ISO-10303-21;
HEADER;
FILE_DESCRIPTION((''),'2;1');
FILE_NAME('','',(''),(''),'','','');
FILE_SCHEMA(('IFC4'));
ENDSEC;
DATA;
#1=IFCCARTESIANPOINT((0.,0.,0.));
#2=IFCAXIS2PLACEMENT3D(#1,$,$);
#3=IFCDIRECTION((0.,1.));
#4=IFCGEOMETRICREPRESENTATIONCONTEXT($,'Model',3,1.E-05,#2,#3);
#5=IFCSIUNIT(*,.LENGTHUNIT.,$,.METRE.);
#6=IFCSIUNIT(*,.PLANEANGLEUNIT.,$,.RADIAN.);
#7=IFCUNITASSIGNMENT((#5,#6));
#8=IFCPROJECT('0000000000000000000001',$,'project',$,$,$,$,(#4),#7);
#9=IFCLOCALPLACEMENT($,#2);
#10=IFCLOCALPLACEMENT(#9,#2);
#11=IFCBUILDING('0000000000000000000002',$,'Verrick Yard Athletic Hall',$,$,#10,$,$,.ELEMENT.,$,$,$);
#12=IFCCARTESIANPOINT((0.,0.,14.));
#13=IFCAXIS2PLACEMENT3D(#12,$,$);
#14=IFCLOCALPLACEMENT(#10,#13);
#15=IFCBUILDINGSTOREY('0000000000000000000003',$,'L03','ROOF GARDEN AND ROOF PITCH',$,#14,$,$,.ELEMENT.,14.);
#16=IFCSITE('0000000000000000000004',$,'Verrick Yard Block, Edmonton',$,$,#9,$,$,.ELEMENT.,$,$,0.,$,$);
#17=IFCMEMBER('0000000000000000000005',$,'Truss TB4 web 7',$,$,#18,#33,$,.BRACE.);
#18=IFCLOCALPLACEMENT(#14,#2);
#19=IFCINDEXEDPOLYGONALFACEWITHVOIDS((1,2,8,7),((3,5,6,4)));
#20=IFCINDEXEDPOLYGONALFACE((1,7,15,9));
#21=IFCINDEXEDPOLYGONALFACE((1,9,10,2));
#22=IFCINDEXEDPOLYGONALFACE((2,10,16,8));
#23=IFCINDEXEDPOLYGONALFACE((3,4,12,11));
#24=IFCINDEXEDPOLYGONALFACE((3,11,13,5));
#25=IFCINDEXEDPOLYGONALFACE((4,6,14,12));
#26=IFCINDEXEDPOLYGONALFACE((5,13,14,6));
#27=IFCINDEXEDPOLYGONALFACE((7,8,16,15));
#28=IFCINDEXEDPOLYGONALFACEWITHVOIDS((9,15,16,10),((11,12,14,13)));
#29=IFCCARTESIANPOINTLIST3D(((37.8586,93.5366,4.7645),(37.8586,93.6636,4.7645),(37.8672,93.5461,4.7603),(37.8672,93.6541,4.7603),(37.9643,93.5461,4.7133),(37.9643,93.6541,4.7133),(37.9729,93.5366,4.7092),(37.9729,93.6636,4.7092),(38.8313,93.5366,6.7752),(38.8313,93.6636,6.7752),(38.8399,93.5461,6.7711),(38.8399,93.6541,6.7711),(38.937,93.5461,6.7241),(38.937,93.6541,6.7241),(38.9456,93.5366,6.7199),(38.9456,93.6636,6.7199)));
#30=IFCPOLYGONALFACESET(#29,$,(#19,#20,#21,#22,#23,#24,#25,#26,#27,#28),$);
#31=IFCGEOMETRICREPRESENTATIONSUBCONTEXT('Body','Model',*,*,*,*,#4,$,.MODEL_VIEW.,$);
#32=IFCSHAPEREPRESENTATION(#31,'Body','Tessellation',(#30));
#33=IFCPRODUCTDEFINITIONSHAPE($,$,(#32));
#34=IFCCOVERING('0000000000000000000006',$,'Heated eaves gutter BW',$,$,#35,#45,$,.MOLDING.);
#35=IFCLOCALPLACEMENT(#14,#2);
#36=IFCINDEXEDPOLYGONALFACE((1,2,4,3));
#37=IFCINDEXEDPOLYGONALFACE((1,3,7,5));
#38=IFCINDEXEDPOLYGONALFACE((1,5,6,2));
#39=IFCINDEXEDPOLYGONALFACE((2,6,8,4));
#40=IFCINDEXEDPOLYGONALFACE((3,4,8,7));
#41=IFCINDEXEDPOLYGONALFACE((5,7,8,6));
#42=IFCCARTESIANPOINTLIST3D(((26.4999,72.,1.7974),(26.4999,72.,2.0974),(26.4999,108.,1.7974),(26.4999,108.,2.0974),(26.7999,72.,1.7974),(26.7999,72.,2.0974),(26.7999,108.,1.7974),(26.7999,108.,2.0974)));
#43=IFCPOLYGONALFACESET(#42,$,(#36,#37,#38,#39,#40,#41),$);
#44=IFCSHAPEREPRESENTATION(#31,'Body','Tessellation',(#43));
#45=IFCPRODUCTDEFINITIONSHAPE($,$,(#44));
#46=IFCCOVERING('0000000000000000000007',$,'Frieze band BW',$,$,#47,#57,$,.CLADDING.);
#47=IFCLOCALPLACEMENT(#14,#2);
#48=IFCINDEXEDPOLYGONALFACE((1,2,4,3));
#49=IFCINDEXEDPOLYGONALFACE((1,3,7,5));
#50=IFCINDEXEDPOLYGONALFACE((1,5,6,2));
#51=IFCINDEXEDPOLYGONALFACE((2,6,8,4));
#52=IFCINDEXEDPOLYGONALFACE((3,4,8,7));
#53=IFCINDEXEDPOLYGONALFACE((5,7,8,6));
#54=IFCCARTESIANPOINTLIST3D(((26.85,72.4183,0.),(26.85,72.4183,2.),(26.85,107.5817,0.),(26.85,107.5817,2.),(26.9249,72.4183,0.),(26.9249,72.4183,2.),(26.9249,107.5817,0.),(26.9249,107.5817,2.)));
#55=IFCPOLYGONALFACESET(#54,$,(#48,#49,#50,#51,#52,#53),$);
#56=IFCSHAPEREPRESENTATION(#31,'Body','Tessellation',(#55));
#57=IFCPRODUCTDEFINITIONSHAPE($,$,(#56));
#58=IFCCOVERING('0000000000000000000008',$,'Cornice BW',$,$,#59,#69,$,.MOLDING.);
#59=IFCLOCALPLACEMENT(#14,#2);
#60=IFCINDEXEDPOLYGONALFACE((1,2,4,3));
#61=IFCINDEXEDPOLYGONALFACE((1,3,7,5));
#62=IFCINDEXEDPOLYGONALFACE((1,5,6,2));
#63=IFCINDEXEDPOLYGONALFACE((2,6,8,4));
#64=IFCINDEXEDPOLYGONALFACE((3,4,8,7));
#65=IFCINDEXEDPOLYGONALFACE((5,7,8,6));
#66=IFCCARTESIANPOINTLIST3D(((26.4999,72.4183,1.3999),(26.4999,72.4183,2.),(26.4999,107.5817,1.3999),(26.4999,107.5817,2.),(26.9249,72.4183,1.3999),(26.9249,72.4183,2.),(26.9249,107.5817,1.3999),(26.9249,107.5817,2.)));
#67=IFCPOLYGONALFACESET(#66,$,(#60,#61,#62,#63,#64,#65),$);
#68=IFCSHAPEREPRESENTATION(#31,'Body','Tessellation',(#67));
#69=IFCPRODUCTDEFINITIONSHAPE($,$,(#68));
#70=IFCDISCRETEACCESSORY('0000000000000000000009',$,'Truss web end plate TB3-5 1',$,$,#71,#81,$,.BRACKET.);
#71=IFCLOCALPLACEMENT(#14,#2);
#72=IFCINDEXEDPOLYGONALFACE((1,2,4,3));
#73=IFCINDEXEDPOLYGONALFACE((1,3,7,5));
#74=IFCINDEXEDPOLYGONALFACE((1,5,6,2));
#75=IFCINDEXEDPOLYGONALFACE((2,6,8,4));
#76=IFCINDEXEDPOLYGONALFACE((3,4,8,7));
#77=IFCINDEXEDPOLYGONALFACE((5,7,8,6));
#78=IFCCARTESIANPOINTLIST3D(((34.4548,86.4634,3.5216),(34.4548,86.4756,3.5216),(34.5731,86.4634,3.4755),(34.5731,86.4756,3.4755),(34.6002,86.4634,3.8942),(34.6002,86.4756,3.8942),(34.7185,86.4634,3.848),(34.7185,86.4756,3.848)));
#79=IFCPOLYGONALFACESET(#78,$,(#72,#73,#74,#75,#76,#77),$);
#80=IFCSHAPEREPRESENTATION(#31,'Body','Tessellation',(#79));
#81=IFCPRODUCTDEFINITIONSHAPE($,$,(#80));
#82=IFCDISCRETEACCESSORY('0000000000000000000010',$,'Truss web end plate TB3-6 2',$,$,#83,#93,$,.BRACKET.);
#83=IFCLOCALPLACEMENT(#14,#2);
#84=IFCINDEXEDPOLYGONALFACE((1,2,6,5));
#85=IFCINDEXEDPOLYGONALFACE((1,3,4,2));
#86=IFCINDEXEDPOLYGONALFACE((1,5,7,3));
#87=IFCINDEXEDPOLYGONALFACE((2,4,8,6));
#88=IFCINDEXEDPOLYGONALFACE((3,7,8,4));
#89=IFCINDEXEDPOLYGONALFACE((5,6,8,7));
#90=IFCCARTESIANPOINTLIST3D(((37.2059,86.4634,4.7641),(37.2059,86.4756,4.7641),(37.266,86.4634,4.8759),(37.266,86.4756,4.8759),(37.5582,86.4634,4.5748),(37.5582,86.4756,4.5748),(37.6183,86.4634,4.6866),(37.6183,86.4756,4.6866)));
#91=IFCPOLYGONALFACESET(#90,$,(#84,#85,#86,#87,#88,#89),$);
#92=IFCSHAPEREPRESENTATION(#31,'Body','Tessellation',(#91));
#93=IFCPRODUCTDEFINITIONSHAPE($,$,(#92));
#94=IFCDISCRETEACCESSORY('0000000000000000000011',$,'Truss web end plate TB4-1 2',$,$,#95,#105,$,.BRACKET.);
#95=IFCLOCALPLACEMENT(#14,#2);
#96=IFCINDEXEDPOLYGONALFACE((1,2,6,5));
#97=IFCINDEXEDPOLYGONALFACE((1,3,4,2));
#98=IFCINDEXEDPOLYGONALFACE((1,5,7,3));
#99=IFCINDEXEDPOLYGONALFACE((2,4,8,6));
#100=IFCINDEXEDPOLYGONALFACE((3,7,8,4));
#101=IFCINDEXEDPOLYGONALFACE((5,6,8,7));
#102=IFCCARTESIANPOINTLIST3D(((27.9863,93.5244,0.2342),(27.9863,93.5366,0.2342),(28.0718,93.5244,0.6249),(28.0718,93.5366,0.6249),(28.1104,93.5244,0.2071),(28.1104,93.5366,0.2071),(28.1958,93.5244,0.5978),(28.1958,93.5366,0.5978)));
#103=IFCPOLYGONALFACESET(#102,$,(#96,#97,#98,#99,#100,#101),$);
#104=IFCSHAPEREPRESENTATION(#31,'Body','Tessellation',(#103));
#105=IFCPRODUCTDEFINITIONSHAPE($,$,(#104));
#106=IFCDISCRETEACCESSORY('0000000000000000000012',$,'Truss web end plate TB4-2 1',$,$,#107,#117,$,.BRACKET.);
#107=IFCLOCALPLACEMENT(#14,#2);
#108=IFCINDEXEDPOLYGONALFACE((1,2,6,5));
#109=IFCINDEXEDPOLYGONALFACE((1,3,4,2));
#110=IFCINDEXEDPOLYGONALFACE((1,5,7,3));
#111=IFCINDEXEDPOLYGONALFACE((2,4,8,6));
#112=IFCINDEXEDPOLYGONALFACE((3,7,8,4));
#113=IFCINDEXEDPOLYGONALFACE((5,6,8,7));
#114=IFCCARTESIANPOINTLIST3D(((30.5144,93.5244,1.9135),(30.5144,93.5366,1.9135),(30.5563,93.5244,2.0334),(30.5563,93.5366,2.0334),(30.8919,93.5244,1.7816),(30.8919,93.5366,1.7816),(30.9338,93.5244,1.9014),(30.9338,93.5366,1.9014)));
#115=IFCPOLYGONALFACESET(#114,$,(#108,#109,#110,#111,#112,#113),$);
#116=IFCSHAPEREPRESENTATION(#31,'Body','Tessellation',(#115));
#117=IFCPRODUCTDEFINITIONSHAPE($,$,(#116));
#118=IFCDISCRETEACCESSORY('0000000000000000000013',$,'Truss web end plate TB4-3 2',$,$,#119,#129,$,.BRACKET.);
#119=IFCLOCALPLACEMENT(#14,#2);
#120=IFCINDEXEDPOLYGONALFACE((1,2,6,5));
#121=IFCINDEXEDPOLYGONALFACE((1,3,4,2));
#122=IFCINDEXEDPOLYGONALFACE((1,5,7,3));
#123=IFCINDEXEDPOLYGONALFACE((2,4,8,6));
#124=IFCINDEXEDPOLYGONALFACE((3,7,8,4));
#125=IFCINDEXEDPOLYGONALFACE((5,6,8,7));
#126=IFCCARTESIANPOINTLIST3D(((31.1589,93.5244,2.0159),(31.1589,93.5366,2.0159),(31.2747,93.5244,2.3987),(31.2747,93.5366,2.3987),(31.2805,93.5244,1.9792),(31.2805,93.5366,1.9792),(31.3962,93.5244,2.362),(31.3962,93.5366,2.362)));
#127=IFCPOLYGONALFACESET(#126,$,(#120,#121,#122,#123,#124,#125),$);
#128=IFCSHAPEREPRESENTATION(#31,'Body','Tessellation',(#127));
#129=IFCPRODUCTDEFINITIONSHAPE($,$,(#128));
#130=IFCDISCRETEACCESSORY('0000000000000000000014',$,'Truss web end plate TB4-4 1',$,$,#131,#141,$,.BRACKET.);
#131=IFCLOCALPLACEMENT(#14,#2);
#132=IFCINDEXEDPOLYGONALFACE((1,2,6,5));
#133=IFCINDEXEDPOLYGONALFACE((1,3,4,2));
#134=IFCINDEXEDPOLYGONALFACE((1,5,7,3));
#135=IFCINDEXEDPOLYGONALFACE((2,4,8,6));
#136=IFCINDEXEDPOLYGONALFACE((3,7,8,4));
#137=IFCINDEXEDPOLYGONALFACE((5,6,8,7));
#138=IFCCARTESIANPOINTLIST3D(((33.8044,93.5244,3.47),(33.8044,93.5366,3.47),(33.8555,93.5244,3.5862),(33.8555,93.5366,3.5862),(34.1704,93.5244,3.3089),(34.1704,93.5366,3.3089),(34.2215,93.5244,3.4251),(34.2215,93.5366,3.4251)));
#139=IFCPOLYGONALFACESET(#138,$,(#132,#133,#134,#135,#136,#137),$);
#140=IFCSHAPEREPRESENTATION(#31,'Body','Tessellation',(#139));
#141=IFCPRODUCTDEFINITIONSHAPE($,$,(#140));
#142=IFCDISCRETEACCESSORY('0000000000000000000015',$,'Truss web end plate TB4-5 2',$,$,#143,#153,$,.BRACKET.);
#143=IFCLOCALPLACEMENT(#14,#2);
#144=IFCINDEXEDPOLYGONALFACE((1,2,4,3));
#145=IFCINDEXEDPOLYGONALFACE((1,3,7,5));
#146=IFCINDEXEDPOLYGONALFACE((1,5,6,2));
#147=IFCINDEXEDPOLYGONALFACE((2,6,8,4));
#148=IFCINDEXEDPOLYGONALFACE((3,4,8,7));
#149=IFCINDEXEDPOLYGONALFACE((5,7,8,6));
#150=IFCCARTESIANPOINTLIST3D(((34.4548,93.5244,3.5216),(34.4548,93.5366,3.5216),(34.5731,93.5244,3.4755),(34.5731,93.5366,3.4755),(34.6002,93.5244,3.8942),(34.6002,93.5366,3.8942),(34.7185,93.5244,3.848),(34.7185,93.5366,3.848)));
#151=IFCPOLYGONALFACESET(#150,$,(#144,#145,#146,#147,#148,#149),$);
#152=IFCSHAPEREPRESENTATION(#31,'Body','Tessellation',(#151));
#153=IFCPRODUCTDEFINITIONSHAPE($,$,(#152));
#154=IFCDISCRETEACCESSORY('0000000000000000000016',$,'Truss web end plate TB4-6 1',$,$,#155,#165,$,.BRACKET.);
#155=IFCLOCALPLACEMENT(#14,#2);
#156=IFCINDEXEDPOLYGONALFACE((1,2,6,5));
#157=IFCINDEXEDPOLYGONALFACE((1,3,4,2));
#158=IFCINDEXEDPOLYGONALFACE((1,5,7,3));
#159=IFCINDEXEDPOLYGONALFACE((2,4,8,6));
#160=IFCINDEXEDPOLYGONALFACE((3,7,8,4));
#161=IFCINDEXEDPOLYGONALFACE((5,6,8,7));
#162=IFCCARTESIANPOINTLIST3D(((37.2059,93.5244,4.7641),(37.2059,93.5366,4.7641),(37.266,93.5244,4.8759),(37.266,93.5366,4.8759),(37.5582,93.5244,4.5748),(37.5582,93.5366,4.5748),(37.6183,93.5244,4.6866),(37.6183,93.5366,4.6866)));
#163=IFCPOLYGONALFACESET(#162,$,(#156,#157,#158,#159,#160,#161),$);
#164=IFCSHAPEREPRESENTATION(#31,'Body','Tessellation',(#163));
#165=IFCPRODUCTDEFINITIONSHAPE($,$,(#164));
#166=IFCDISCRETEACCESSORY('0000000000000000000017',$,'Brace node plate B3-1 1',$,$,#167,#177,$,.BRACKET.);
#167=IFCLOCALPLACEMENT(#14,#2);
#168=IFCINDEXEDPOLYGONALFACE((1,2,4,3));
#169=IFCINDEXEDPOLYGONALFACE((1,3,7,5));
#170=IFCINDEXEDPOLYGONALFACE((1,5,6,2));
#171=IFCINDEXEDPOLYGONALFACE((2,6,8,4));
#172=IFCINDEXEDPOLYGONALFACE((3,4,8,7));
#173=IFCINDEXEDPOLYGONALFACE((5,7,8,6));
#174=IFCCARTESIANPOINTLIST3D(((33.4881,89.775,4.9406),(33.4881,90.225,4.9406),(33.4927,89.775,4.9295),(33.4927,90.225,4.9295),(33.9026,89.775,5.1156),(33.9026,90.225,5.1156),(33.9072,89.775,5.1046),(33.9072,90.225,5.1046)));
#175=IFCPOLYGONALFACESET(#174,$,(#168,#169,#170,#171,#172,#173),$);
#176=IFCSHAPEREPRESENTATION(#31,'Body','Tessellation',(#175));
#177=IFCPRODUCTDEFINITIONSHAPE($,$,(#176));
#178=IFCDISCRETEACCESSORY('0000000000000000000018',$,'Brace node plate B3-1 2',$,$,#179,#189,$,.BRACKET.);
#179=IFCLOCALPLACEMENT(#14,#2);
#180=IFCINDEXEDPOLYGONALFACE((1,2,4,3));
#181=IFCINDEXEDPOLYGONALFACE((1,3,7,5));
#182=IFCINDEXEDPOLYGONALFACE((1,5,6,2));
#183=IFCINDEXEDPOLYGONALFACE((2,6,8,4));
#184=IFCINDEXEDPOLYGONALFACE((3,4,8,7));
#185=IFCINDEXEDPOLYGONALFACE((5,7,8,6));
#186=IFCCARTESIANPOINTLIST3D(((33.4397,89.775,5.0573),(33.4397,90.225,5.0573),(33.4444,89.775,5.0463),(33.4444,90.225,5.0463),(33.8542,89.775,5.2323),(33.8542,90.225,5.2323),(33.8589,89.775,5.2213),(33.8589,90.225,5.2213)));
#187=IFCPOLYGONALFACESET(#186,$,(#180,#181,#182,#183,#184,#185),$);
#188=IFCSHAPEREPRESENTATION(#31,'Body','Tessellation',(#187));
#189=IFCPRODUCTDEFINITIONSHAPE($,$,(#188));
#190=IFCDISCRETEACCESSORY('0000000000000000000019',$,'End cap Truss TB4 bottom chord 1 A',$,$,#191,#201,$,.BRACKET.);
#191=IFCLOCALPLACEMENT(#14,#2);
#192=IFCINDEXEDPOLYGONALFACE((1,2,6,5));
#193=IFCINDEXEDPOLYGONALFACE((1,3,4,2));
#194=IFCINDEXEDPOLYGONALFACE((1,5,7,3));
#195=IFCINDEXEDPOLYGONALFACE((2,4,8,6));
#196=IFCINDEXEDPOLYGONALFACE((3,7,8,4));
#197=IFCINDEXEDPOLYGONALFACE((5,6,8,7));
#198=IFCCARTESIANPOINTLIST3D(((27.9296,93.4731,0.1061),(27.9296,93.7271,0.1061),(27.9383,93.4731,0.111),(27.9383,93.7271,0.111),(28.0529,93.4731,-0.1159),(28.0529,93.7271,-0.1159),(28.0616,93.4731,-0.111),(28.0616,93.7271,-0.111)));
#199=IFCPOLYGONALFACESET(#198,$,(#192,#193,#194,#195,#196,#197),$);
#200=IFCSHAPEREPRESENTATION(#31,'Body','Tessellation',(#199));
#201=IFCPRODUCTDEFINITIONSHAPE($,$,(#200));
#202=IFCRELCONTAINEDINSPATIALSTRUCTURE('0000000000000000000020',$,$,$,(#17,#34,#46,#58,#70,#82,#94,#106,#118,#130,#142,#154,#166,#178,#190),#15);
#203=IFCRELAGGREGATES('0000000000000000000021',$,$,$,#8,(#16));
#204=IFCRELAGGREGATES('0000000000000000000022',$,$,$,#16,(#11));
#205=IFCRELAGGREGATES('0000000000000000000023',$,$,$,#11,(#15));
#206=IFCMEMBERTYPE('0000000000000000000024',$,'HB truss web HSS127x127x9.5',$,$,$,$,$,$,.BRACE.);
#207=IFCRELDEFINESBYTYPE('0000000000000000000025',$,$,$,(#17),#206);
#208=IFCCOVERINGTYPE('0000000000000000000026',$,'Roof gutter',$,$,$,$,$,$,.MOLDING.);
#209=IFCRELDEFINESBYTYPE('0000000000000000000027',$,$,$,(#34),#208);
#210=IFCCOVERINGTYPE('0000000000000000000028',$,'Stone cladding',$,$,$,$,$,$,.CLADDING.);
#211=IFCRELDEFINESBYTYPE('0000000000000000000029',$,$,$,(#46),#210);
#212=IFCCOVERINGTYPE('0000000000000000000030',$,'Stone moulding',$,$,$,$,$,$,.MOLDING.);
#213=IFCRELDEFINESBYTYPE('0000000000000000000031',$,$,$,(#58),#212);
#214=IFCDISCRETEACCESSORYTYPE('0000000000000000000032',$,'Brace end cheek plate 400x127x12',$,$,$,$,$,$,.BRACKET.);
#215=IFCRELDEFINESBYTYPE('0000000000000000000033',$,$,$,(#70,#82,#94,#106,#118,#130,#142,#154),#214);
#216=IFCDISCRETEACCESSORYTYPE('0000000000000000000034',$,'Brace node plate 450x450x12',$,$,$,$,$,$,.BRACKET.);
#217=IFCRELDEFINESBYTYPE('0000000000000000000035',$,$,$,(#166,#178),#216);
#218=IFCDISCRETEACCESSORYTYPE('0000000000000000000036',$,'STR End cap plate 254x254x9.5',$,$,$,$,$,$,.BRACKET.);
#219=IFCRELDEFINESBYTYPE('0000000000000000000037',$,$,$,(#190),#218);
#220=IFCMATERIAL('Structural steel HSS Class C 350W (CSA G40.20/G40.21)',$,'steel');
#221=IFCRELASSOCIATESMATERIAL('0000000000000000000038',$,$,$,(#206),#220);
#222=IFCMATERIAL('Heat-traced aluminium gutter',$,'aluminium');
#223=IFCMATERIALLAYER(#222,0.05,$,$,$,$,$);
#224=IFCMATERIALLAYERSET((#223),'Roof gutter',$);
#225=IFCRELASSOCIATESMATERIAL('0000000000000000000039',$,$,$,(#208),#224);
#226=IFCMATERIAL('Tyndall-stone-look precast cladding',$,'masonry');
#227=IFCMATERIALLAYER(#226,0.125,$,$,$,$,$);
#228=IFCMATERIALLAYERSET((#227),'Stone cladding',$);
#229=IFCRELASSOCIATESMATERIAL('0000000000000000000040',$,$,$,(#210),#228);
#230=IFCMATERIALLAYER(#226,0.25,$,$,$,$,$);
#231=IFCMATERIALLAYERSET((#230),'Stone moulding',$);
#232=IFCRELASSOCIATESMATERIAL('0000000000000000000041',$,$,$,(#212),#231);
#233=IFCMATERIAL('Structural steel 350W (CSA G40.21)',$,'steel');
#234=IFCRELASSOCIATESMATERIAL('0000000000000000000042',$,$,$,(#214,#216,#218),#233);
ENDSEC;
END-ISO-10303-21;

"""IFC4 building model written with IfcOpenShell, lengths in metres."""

from ifc_helpers import new_model, si_unit, direction, frame, origin, origin_2d, place, context, subcontext, project, spatial, rectangle, hollow_rectangle, extrude, material, layer, layer_set, material_profile, profile_set, type_object, element, save


model = new_model("IFC4")

# Units and contexts
model_context = context("Model", 3, precision=1e-05, world=origin(), true_north=direction((0.0, 1.0)))
body_context = subcontext(model_context, "Body", "Model", "MODEL_VIEW")
ifc_project = project(units=[si_unit("LENGTHUNIT", "METRE"), si_unit("PLANEANGLEUNIT", "RADIAN")], contexts=[model_context])

# Site, building, storey
site_placement = place(None, origin())
site = spatial("IfcSite", under=ifc_project, at=site_placement, Name="Verrick Yard Block, Edmonton", CompositionType="ELEMENT", RefElevation=0.0)
building_placement = place(site_placement, origin())
building = spatial("IfcBuilding", under=site, at=building_placement, Name="Verrick Yard Athletic Hall", CompositionType="ELEMENT")
storey_placement = place(building_placement, frame((0.0, 0.0, 14.0)))
storey = spatial("IfcBuildingStorey", under=building, at=storey_placement, Name="L03", Description="ROOF GARDEN AND ROOF PITCH", CompositionType="ELEMENT", Elevation=14.0)

# Member
ifc_material_1 = material(Name="Structural steel HSS Class C 350W (CSA G40.20/G40.21)", Category="steel")
ifc_material_profile_1 = material_profile(ifc_material_1, hollow_rectangle(XDim=0.127, YDim=0.127, WallThickness=0.0095, at=origin_2d()), Name="HSS127x127x9.5")
ifc_profile_set_1 = profile_set([ifc_material_profile_1], Name="Structural steel HSS Class C 350W (CSA G40.20/G40.21)")
member_type_1 = type_object("IfcMemberType", Name="HB truss web HSS127x127x9.5", PredefinedType="BRACE", material=ifc_profile_set_1)
for number, where, z_axis, x_axis, name in (
    (1, (37.9158, 93.6001, 4.7368), (0.435458, 0.0, 0.900209), (0.0, 1.0, 0.0), "Truss TB4 web 7"),
):
    element("IfcMember", number, at=place(storey_placement, frame(where, z_axis=z_axis, x_axis=x_axis)), inside=storey, type_object=member_type_1, Name=name, PredefinedType="BRACE", context=body_context, shape_type="SweptSolid", body=[
        extrude(hollow_rectangle(XDim=0.127, YDim=0.127, WallThickness=0.0095, at=origin_2d()), origin(), (0.0, 0.0, 1.0), 2.2336),
    ])

# Coverings
ifc_material_2 = material(Name="Heat-traced aluminium gutter", Category="aluminium")
ifc_layer_1 = layer(ifc_material_2, 0.05)
ifc_layer_set_1 = layer_set([ifc_layer_1], Name="Roof gutter")
covering_type_1 = type_object("IfcCoveringType", Name="Roof gutter", PredefinedType="MOLDING", material=ifc_layer_set_1)
covering_1_placement = place(storey_placement, frame((26.6499, 90.0, 1.7974), z_axis=(0.0, 0.0, 1.0), x_axis=(1.0, 0.0, 0.0)))
element("IfcCovering", 2, at=covering_1_placement, inside=storey, type_object=covering_type_1, Name="Heated eaves gutter BW", PredefinedType="MOLDING", context=body_context, shape_type="SweptSolid", body=[
    extrude(rectangle(XDim=0.3, YDim=36.0, at=origin_2d()), origin(), (0.0, 0.0, 1.0), 0.3),
])
ifc_material_3 = material(Name="Tyndall-stone-look precast cladding", Category="masonry")
ifc_layer_2 = layer(ifc_material_3, 0.125)
ifc_layer_set_2 = layer_set([ifc_layer_2], Name="Stone cladding")
covering_type_2 = type_object("IfcCoveringType", Name="Stone cladding", PredefinedType="CLADDING", material=ifc_layer_set_2)
covering_2_placement = place(storey_placement, frame((26.8875, 90.0, 0.0), z_axis=(0.0, 0.0, 1.0), x_axis=(1.0, 0.0, 0.0)))
element("IfcCovering", 3, at=covering_2_placement, inside=storey, type_object=covering_type_2, Name="Frieze band BW", PredefinedType="CLADDING", context=body_context, shape_type="SweptSolid", body=[
    extrude(rectangle(XDim=0.075, YDim=35.1633, at=origin_2d()), origin(), (0.0, 0.0, 1.0), 2.0),
])
ifc_layer_3 = layer(ifc_material_3, 0.25)
ifc_layer_set_3 = layer_set([ifc_layer_3], Name="Stone moulding")
covering_type_3 = type_object("IfcCoveringType", Name="Stone moulding", PredefinedType="MOLDING", material=ifc_layer_set_3)
covering_3_placement = place(storey_placement, frame((26.7124, 90.0, 1.3999), z_axis=(0.0, 0.0, 1.0), x_axis=(1.0, 0.0, 0.0)))
element("IfcCovering", 4, at=covering_3_placement, inside=storey, type_object=covering_type_3, Name="Cornice BW", PredefinedType="MOLDING", context=body_context, shape_type="SweptSolid", body=[
    extrude(rectangle(XDim=0.425, YDim=35.1633, at=origin_2d()), origin(), (0.0, 0.0, 1.0), 0.6001),
])

# Discrete accessories
ifc_material_4 = material(Name="Structural steel 350W (CSA G40.21)", Category="steel")
ifc_material_profile_2 = material_profile(ifc_material_4, rectangle(XDim=0.3999, YDim=0.127, at=origin_2d()), Name="Brace end cheek plate")
ifc_profile_set_2 = profile_set([ifc_material_profile_2], Name="Structural steel 350W (CSA G40.21)")
discrete_accessory_type_1 = type_object("IfcDiscreteAccessoryType", Name="Brace end cheek plate 400x127x12", PredefinedType="BRACKET", material=ifc_profile_set_2)
for number, where, z_axis, x_axis, name in (
    (5, (34.5867, 86.4634, 3.6848), (0.0, 1.0, 0.0), (0.363563, 0.0, 0.93157), "Truss web end plate TB3-5 1"),
    (6, (37.4121, 86.4634, 4.7253), (0.0, 1.0, 0.0), (-0.88092, 0.0, 0.473265), "Truss web end plate TB3-6 2"),
    (7, (28.0911, 93.5366, 0.416), (0.0, -1.0, 0.0), (0.213605, 0.0, 0.97692), "Truss web end plate TB4-1 2"),
    (8, (30.7241, 93.5366, 1.9075), (0.0, -1.0, 0.0), (-0.944026, 0.0, 0.329872), "Truss web end plate TB4-2 1"),
    (9, (31.2776, 93.5366, 2.189), (0.0, -1.0, 0.0), (0.289473, 0.0, 0.957186), "Truss web end plate TB4-3 2"),
    (10, (34.0129, 93.5366, 3.4475), (0.0, -1.0, 0.0), (-0.915285, 0.0, 0.402806), "Truss web end plate TB4-4 1"),
    (11, (34.5867, 93.5366, 3.6848), (0.0, -1.0, 0.0), (0.363563, 0.0, 0.93157), "Truss web end plate TB4-5 2"),
    (12, (37.4121, 93.5366, 4.7253), (0.0, -1.0, 0.0), (-0.88092, 0.0, 0.473265), "Truss web end plate TB4-6 1"),
):
    element("IfcDiscreteAccessory", number, at=place(storey_placement, frame(where, z_axis=z_axis, x_axis=x_axis)), inside=storey, type_object=discrete_accessory_type_1, Name=name, PredefinedType="BRACKET", context=body_context, shape_type="SweptSolid", body=[
        extrude(rectangle(XDim=0.3999, YDim=0.127, at=origin_2d()), origin(), (0.0, 0.0, 1.0), 0.0122),
    ])
ifc_material_profile_3 = material_profile(ifc_material_4, rectangle(XDim=0.45, YDim=0.45, at=origin_2d()), Name="Brace node plate")
ifc_profile_set_3 = profile_set([ifc_material_profile_3], Name="Structural steel 350W (CSA G40.21)")
discrete_accessory_type_2 = type_object("IfcDiscreteAccessoryType", Name="Brace node plate 450x450x12", PredefinedType="BRACKET", material=ifc_profile_set_3)
for number, where, z_axis, x_axis, name in (
    (13, (33.6953, 90.0, 5.0281), (0.388972, 0.0, -0.92125), (0.0, 1.0, 0.0), "Brace node plate B3-1 1"),
    (14, (33.6516, 90.0, 5.1338), (-0.388972, 0.0, 0.92125), (0.0, -1.0, 0.0), "Brace node plate B3-1 2"),
):
    element("IfcDiscreteAccessory", number, at=place(storey_placement, frame(where, z_axis=z_axis, x_axis=x_axis)), inside=storey, type_object=discrete_accessory_type_2, Name=name, PredefinedType="BRACKET", context=body_context, shape_type="SweptSolid", body=[
        extrude(rectangle(XDim=0.45, YDim=0.45, at=origin_2d()), origin(), (0.0, 0.0, 1.0), 0.012),
    ])
ifc_material_profile_4 = material_profile(ifc_material_4, rectangle(XDim=0.2539, YDim=0.2539, at=origin_2d()), Name="STR End cap plate 254x254x9.5")
ifc_profile_set_4 = profile_set([ifc_material_profile_4], Name="Structural steel 350W (CSA G40.21)")
discrete_accessory_type_3 = type_object("IfcDiscreteAccessoryType", Name="STR End cap plate 254x254x9.5", PredefinedType="BRACKET", material=ifc_profile_set_4)
discrete_accessory_1_placement = place(storey_placement, frame((27.9912, 93.6001, -0.0049), z_axis=(0.874157, 0.0, 0.485643), x_axis=(0.0, 1.0, 0.0)))
element("IfcDiscreteAccessory", 15, at=discrete_accessory_1_placement, inside=storey, type_object=discrete_accessory_type_3, Name="End cap Truss TB4 bottom chord 1 A", PredefinedType="BRACKET", context=body_context, shape_type="SweptSolid", body=[
    extrude(rectangle(XDim=0.2539, YDim=0.2539, at=origin_2d()), origin(), (0.0, 0.0, 1.0), 0.01),
])

save(model, "model.ifc")
